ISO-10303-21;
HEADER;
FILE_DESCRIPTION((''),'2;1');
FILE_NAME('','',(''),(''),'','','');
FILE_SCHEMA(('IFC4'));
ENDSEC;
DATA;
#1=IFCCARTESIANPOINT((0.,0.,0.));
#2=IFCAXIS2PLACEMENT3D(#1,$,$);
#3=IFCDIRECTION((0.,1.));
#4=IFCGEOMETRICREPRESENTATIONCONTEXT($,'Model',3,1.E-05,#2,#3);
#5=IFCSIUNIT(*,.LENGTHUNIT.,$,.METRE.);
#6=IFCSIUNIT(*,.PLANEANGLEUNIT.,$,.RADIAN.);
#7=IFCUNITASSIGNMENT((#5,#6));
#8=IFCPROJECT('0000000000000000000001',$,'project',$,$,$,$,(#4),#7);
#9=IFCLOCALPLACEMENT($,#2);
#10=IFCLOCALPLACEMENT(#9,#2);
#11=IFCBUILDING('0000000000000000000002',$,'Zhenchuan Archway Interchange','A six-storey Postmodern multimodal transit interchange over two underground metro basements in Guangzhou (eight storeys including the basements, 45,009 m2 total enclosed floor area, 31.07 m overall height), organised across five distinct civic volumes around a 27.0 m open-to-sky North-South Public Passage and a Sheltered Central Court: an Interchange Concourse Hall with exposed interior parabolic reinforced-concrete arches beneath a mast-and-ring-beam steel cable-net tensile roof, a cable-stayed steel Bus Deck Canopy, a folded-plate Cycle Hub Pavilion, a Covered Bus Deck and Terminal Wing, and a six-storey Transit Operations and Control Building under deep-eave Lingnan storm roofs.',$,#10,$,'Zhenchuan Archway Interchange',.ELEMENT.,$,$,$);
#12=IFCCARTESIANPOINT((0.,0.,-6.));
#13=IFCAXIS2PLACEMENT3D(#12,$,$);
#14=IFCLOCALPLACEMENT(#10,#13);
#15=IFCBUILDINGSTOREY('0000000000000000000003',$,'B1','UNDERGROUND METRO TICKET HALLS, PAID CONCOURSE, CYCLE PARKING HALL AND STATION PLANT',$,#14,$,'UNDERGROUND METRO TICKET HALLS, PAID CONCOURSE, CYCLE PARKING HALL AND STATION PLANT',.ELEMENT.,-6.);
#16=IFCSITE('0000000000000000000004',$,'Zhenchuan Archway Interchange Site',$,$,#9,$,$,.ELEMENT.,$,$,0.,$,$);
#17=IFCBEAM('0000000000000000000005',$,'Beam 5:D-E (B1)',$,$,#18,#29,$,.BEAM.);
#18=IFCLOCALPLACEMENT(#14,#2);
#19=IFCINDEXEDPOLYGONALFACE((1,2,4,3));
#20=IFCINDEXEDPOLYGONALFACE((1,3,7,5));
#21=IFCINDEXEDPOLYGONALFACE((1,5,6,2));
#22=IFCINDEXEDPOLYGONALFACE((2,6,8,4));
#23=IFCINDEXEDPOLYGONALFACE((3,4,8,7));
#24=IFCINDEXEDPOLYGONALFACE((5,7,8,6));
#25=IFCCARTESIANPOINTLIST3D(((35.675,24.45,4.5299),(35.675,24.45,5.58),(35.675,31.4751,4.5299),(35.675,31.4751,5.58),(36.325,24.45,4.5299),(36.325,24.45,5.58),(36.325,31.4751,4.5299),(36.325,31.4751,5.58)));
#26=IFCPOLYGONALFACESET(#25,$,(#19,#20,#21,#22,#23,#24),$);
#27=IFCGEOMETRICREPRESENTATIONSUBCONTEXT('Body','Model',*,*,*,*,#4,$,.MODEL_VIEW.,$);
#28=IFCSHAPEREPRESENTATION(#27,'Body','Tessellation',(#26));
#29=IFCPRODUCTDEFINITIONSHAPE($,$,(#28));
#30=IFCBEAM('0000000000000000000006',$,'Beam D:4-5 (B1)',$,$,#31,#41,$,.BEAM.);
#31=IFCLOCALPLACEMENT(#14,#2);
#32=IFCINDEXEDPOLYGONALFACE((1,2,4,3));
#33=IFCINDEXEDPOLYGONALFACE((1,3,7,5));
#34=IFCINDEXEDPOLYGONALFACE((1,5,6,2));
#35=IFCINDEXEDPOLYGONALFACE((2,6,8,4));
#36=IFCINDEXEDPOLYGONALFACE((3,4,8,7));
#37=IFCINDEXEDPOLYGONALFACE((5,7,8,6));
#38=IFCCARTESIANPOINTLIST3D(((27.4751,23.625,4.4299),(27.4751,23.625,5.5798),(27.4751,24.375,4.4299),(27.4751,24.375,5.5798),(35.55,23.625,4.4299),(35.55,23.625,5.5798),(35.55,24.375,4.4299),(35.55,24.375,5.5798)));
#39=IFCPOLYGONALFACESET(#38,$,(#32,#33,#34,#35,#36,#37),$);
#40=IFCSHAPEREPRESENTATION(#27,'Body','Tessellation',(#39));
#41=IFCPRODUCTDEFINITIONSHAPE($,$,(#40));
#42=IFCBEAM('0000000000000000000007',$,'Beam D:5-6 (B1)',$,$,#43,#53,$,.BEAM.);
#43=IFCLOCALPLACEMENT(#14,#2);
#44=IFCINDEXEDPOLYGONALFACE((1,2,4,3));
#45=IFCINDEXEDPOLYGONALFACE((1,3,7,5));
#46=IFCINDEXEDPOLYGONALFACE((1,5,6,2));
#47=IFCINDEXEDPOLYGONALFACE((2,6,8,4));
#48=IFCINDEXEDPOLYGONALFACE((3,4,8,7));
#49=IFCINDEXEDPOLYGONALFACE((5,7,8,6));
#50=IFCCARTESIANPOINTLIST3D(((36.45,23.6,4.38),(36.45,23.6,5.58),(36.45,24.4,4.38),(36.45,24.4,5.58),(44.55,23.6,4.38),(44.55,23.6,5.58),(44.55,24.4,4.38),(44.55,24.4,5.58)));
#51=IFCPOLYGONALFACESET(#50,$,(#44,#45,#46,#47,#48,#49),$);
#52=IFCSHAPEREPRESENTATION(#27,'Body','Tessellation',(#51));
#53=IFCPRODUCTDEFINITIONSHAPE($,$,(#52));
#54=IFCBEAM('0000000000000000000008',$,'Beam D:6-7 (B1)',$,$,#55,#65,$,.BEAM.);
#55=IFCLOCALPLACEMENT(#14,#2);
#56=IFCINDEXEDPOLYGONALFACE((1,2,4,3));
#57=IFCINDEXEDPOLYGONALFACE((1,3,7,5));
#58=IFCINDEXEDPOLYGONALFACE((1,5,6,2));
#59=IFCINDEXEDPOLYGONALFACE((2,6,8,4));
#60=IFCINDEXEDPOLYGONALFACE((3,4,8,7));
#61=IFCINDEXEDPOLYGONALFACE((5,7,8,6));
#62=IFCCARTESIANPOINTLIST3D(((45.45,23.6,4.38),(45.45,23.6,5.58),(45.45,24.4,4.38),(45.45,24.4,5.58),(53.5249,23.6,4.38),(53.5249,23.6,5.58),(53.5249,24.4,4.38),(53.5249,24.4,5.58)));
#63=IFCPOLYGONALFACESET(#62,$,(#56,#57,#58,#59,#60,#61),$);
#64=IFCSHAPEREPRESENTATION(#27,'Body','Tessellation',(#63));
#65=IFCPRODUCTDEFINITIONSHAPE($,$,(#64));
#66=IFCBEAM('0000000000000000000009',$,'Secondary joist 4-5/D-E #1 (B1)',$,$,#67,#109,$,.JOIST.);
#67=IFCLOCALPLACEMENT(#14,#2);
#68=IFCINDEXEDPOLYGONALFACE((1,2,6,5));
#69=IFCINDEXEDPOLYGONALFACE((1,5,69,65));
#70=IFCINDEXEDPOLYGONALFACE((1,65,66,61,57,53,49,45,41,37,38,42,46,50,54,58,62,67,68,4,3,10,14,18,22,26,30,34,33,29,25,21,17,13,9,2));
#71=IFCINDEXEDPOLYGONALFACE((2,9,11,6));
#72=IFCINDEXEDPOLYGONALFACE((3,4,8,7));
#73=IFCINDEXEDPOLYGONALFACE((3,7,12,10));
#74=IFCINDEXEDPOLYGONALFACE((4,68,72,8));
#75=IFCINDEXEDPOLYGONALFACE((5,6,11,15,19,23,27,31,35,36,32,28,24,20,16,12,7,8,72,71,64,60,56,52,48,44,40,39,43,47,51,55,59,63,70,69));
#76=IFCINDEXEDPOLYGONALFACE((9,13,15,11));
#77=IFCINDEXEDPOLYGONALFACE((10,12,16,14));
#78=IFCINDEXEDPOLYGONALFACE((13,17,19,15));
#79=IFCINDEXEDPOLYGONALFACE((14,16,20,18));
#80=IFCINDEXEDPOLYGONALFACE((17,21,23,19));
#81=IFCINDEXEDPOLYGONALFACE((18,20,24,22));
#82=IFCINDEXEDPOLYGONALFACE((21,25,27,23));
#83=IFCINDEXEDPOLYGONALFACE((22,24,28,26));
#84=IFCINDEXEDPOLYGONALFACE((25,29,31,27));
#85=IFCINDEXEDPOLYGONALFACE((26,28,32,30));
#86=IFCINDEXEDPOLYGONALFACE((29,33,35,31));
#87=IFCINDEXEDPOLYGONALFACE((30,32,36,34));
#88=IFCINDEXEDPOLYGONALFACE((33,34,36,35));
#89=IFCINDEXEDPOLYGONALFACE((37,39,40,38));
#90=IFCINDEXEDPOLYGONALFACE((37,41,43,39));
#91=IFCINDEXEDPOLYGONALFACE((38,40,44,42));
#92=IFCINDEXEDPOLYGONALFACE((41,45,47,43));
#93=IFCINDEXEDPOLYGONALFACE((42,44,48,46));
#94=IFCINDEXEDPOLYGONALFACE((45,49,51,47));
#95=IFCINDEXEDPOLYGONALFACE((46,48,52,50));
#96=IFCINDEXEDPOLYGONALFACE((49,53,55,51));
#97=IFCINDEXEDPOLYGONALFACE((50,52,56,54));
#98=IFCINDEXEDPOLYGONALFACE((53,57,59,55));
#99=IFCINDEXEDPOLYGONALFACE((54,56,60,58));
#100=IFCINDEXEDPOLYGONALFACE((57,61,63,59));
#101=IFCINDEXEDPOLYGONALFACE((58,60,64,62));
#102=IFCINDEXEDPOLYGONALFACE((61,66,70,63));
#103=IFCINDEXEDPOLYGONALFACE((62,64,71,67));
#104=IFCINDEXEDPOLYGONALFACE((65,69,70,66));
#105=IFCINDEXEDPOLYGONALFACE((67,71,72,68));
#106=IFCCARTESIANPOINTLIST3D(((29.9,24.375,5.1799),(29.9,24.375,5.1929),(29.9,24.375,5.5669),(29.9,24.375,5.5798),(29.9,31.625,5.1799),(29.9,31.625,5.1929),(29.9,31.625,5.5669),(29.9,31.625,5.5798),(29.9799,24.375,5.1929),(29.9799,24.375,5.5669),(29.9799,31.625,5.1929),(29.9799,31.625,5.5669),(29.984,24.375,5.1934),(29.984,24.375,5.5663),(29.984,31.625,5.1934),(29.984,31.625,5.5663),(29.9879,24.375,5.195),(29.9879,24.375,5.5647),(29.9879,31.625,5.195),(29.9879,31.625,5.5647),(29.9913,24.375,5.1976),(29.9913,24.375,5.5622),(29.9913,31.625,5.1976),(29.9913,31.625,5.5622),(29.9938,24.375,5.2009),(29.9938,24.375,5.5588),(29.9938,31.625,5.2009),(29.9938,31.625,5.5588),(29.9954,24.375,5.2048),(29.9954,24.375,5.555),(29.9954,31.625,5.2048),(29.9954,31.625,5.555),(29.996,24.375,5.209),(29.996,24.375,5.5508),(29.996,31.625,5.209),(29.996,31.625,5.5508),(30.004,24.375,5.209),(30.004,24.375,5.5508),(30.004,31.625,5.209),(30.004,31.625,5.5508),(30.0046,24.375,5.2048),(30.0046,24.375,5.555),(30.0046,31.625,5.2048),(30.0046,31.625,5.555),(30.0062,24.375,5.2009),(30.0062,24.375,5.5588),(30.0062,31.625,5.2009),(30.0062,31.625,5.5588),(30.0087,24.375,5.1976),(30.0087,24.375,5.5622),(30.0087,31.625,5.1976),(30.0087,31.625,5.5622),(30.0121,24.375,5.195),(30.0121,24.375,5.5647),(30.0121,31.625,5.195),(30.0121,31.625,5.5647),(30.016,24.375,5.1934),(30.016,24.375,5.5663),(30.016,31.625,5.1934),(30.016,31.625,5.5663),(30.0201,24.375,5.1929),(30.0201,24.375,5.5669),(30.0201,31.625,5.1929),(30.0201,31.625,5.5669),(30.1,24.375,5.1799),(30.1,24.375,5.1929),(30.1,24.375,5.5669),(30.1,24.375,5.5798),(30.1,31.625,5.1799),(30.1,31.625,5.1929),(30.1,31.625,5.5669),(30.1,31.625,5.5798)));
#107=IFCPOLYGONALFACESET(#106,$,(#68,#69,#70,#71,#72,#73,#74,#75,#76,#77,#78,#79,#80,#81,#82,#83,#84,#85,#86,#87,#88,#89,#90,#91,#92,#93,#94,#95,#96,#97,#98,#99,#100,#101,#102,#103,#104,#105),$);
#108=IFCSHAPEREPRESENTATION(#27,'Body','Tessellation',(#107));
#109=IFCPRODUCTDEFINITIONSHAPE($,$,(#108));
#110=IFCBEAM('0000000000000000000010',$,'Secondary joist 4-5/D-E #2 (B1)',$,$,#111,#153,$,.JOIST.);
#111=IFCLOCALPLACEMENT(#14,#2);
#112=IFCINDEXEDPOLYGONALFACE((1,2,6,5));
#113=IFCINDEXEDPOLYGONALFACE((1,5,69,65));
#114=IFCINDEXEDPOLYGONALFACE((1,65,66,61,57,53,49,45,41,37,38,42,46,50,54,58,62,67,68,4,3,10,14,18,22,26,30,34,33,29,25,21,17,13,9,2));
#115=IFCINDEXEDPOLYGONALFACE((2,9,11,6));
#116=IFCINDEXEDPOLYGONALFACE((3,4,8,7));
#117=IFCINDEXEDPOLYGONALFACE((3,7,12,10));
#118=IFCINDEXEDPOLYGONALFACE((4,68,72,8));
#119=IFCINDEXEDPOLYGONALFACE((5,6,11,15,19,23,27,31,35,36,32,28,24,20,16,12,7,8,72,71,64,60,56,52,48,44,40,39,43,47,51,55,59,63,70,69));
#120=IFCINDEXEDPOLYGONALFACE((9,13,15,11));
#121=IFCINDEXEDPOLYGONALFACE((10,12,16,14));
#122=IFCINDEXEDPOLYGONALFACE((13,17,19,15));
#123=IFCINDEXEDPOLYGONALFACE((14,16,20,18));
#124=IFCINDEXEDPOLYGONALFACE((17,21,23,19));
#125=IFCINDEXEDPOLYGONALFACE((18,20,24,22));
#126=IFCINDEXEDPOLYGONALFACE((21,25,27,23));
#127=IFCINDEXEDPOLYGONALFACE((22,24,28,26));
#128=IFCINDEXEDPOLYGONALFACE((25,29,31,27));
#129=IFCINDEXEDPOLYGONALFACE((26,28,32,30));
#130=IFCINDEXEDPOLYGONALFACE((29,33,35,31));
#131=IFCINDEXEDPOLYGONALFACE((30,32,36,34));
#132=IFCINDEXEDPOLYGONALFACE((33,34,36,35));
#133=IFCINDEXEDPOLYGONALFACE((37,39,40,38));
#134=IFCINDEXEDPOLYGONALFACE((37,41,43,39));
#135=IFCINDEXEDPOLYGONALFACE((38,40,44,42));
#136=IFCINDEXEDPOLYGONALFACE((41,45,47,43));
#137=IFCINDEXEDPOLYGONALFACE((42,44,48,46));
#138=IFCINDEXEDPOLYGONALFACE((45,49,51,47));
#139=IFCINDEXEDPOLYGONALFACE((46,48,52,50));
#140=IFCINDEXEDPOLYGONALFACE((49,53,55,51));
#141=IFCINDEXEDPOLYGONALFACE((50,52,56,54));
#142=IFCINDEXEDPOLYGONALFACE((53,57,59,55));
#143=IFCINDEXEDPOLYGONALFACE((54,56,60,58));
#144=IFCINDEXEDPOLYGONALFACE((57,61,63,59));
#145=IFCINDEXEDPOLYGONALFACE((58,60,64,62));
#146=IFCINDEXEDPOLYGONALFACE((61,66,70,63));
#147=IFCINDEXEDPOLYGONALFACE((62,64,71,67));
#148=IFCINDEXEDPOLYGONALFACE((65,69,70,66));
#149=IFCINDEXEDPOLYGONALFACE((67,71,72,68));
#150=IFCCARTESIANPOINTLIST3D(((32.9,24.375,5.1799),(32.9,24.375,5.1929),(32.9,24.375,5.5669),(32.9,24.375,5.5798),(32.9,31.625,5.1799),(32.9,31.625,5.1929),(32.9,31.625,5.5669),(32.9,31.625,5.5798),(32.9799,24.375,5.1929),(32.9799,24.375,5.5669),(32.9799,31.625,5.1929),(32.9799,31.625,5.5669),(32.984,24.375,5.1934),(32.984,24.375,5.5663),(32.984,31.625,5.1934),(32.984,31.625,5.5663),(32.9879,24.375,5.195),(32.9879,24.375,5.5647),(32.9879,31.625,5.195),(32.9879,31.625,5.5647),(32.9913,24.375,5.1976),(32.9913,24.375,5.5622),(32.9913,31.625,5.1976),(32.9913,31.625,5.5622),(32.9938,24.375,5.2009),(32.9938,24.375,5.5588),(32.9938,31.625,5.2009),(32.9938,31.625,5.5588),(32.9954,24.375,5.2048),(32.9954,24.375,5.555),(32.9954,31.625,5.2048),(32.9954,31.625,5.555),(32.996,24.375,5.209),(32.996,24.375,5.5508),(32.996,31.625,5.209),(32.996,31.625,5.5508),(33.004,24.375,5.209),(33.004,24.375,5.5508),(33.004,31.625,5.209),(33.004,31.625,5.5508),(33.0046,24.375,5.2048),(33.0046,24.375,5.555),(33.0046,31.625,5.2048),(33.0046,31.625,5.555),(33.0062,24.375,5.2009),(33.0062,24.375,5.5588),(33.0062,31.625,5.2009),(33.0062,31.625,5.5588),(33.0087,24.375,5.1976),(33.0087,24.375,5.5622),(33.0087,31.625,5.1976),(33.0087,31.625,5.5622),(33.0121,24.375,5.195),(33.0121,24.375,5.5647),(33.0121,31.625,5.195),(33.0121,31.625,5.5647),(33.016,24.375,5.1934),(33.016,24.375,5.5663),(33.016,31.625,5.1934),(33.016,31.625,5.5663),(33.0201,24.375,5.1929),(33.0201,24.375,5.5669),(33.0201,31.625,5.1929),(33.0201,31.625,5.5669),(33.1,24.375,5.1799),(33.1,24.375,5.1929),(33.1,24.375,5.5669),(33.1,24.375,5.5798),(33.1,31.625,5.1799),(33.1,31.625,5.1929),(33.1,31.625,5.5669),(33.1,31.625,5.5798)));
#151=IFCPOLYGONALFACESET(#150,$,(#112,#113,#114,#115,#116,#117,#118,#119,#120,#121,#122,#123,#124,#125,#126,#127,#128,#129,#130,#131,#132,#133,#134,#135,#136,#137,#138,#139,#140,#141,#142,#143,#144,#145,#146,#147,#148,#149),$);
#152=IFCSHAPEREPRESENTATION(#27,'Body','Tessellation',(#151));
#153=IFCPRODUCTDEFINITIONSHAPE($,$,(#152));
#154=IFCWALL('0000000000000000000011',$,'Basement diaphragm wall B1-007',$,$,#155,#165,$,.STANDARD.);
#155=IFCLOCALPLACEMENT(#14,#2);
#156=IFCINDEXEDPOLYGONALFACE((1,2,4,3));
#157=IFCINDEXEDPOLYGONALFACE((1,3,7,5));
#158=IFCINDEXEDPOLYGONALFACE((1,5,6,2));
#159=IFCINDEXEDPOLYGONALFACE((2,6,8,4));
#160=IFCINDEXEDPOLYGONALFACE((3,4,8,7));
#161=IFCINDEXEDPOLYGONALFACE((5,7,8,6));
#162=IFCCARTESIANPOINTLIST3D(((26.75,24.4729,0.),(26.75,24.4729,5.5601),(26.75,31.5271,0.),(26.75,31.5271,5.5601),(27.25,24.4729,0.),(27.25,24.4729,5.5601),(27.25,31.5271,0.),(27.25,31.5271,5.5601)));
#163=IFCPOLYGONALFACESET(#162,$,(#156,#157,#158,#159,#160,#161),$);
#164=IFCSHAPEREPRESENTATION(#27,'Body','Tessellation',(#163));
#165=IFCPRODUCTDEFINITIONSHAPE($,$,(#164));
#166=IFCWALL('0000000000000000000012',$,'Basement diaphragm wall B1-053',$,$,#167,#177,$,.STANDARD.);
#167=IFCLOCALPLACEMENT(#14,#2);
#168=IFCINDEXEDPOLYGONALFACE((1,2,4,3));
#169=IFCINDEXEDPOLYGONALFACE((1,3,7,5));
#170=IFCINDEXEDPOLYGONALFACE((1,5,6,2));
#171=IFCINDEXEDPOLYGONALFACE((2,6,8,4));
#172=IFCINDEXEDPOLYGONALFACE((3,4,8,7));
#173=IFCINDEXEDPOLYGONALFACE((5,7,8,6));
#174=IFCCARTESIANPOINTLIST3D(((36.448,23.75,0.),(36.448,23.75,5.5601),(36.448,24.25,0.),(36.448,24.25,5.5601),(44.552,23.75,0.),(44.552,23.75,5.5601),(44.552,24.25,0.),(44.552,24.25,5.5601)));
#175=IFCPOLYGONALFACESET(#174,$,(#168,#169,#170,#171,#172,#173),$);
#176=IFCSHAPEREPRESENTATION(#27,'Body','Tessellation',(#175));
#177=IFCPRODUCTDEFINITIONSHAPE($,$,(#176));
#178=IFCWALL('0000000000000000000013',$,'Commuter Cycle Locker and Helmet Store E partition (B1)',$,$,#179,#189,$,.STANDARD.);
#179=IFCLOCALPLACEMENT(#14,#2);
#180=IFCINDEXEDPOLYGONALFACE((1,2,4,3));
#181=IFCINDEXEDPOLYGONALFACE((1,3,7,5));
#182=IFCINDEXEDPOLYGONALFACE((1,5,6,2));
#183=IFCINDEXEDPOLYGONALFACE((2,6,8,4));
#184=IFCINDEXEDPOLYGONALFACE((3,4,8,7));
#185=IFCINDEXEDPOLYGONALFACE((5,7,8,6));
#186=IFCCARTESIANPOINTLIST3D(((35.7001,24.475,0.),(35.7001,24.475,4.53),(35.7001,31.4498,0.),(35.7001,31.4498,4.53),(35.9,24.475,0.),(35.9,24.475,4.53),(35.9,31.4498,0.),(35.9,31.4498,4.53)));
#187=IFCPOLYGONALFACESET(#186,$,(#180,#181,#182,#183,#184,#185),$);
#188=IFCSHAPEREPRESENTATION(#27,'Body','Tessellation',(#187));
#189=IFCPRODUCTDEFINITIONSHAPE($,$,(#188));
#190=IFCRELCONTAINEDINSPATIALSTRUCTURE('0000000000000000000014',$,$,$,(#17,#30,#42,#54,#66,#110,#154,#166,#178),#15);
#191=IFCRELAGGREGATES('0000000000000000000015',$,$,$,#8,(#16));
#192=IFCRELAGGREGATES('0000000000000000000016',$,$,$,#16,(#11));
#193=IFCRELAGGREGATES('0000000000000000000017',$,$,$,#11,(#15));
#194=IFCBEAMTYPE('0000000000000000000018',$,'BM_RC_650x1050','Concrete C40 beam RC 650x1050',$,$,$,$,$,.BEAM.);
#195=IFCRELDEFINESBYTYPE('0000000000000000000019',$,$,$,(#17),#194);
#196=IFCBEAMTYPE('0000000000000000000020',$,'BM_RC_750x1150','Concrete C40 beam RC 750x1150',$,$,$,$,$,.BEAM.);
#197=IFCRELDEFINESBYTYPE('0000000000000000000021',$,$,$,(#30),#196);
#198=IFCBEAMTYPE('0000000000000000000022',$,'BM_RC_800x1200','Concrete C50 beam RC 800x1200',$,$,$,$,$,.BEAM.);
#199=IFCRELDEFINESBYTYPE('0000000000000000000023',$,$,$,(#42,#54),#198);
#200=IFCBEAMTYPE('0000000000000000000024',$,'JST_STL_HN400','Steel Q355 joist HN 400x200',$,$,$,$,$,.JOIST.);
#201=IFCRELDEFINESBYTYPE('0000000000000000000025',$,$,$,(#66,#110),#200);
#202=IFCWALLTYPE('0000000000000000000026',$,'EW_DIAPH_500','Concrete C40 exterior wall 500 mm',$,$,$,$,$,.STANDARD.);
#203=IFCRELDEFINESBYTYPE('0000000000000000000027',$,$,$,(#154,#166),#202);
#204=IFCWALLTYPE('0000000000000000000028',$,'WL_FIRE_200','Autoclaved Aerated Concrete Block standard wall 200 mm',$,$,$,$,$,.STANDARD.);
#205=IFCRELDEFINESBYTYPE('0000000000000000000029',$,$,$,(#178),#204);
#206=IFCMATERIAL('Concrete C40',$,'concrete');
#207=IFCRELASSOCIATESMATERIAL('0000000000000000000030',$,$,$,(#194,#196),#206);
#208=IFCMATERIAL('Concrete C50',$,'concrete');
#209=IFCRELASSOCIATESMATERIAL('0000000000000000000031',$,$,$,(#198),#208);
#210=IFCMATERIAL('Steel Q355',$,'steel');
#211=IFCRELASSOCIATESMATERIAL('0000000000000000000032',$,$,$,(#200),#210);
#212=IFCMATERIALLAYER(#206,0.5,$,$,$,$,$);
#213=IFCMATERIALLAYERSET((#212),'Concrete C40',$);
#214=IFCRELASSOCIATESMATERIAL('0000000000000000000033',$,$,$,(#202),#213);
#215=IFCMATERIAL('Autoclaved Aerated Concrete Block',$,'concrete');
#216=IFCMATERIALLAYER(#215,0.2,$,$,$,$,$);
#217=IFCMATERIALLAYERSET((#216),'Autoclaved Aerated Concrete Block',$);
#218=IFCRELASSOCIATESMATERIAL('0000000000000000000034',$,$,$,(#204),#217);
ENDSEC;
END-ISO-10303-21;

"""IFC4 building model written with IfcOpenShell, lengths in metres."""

from ifc_helpers import new_model, si_unit, direction, frame, frame_2d, origin, origin_2d, place, context, subcontext, project, spatial, rectangle, i_section, extrude, material, layer, layer_set, material_profile, profile_set, type_object, element, save


model = new_model("IFC4")

# Units and contexts
model_context = context("Model", 3, precision=1e-05, world=origin(), true_north=direction((0.0, 1.0)))
body_context = subcontext(model_context, "Body", "Model", "MODEL_VIEW")
ifc_project = project(units=[si_unit("LENGTHUNIT", "METRE"), si_unit("PLANEANGLEUNIT", "RADIAN")], contexts=[model_context])

# Site, building, storey
site_placement = place(None, origin())
site = spatial("IfcSite", under=ifc_project, at=site_placement, Name="Zhenchuan Archway Interchange Site", CompositionType="ELEMENT", RefElevation=0.0)
building_placement = place(site_placement, origin())
building = spatial("IfcBuilding", under=site, at=building_placement, Name="Zhenchuan Archway Interchange", Description="A six-storey Postmodern multimodal transit interchange over two underground metro basements in Guangzhou (eight storeys including the basements, 45,009 m2 total enclosed floor area, 31.07 m overall height), organised across five distinct civic volumes around a 27.0 m open-to-sky North-South Public Passage and a Sheltered Central Court: an Interchange Concourse Hall with exposed interior parabolic reinforced-concrete arches beneath a mast-and-ring-beam steel cable-net tensile roof, a cable-stayed steel Bus Deck Canopy, a folded-plate Cycle Hub Pavilion, a Covered Bus Deck and Terminal Wing, and a six-storey Transit Operations and Control Building under deep-eave Lingnan storm roofs.", LongName="Zhenchuan Archway Interchange", CompositionType="ELEMENT")
storey_placement = place(building_placement, frame((0.0, 0.0, -6.0)))
storey = spatial("IfcBuildingStorey", under=building, at=storey_placement, Name="B1", Description="UNDERGROUND METRO TICKET HALLS, PAID CONCOURSE, CYCLE PARKING HALL AND STATION PLANT", LongName="UNDERGROUND METRO TICKET HALLS, PAID CONCOURSE, CYCLE PARKING HALL AND STATION PLANT", CompositionType="ELEMENT", Elevation=-6.0)

# Shared definitions
ifc_material_1 = material(Name="Concrete C40", Category="concrete")

# Shared definitions
ifc_material_2 = material(Name="Concrete C50", Category="concrete")

# Beams
ifc_material_profile_1 = material_profile(ifc_material_1, rectangle(XDim=0.6499, YDim=1.05, at=origin_2d()), Name="RC 650x1050")
ifc_profile_set_1 = profile_set([ifc_material_profile_1], Name="Concrete C40")
beam_type_1 = type_object("IfcBeamType", Name="BM_RC_650x1050", Description="Concrete C40 beam RC 650x1050", PredefinedType="BEAM", material=ifc_profile_set_1)
beam_1_placement = place(storey_placement, frame((36.0, 24.45, 5.0549), z_axis=(0.0, 1.0, 0.0), x_axis=(-1.0, 0.0, 0.0)))
element("IfcBeam", 1, at=beam_1_placement, inside=storey, type_object=beam_type_1, Name="Beam 5:D-E (B1)", PredefinedType="BEAM", context=body_context, shape_type="SweptSolid", body=[
    extrude(rectangle(XDim=0.6499, YDim=1.05, at=origin_2d()), origin(), (0.0, 0.0, 1.0), 7.0251),
])
ifc_material_profile_2 = material_profile(ifc_material_1, rectangle(XDim=0.75, YDim=1.1499, at=origin_2d()), Name="RC 750x1150")
ifc_profile_set_2 = profile_set([ifc_material_profile_2], Name="Concrete C40")
beam_type_2 = type_object("IfcBeamType", Name="BM_RC_750x1150", Description="Concrete C40 beam RC 750x1150", PredefinedType="BEAM", material=ifc_profile_set_2)
beam_2_placement = place(storey_placement, frame((27.4751, 24.0, 5.0049), z_axis=(1.0, 0.0, 0.0), x_axis=(0.0, 1.0, 0.0)))
element("IfcBeam", 2, at=beam_2_placement, inside=storey, type_object=beam_type_2, Name="Beam D:4-5 (B1)", PredefinedType="BEAM", context=body_context, shape_type="SweptSolid", body=[
    extrude(rectangle(XDim=0.75, YDim=1.1499, at=origin_2d()), origin(), (0.0, 0.0, 1.0), 8.075),
])
ifc_material_profile_3 = material_profile(ifc_material_2, rectangle(XDim=0.8, YDim=1.2, at=origin_2d()), Name="RC 800x1200")
ifc_profile_set_3 = profile_set([ifc_material_profile_3], Name="Concrete C50")
beam_type_3 = type_object("IfcBeamType", Name="BM_RC_800x1200", Description="Concrete C50 beam RC 800x1200", PredefinedType="BEAM", material=ifc_profile_set_3)
beam_3_placement = place(storey_placement, frame((36.45, 24.0, 4.98), z_axis=(1.0, 0.0, 0.0), x_axis=(0.0, 1.0, 0.0)))
element("IfcBeam", 3, at=beam_3_placement, inside=storey, type_object=beam_type_3, Name="Beam D:5-6 (B1)", PredefinedType="BEAM", context=body_context, shape_type="SweptSolid", body=[
    extrude(rectangle(XDim=0.8, YDim=1.2, at=origin_2d()), origin(), (0.0, 0.0, 1.0), 8.1001),
])
beam_4_placement = place(storey_placement, frame((45.45, 24.0, 4.98), z_axis=(1.0, 0.0, 0.0), x_axis=(0.0, 1.0, 0.0)))
element("IfcBeam", 4, at=beam_4_placement, inside=storey, type_object=beam_type_3, Name="Beam D:6-7 (B1)", PredefinedType="BEAM", context=body_context, shape_type="SweptSolid", body=[
    extrude(rectangle(XDim=0.8, YDim=1.2, at=origin_2d()), origin(), (0.0, 0.0, 1.0), 8.075),
])
ifc_material_3 = material(Name="Steel Q355", Category="steel")
ifc_material_profile_4 = material_profile(ifc_material_3, i_section(OverallWidth=0.2, OverallDepth=0.3999, WebThickness=0.0081, FlangeThickness=0.0129, FilletRadius=0.0161, at=origin_2d()), Name="HN 400x200")
ifc_profile_set_4 = profile_set([ifc_material_profile_4], Name="Steel Q355")
beam_type_4 = type_object("IfcBeamType", Name="JST_STL_HN400", Description="Steel Q355 joist HN 400x200", PredefinedType="JOIST", material=ifc_profile_set_4)
for number, where, z_axis, x_axis, name in (
    (5, (30.0, 24.375, 5.3799), (0.0, 1.0, 0.0), (-1.0, 0.0, 0.0), "Secondary joist 4-5/D-E #1 (B1)"),
    (6, (33.0, 24.375, 5.3799), (0.0, 1.0, 0.0), (-1.0, 0.0, 0.0), "Secondary joist 4-5/D-E #2 (B1)"),
):
    element("IfcBeam", number, at=place(storey_placement, frame(where, z_axis=z_axis, x_axis=x_axis)), inside=storey, type_object=beam_type_4, Name=name, PredefinedType="JOIST", context=body_context, shape_type="SweptSolid", body=[
        extrude(i_section(OverallWidth=0.2, OverallDepth=0.3999, WebThickness=0.0081, FlangeThickness=0.0129, FilletRadius=0.0161, at=origin_2d()), origin(), (0.0, 0.0, 1.0), 7.25),
    ])

# Walls
ifc_layer_1 = layer(ifc_material_1, 0.5)
ifc_layer_set_1 = layer_set([ifc_layer_1], Name="Concrete C40")
wall_type_1 = type_object("IfcWallType", Name="EW_DIAPH_500", Description="Concrete C40 exterior wall 500 mm", PredefinedType="STANDARD", material=ifc_layer_set_1)
wall_1_placement = place(storey_placement, frame((27.0, 24.4729, 0.0), z_axis=(0.0, 0.0, 1.0), x_axis=(0.0, 1.0, 0.0)))
element("IfcWall", 7, at=wall_1_placement, inside=storey, type_object=wall_type_1, Name="Basement diaphragm wall B1-007", PredefinedType="STANDARD", context=body_context, shape_type="SweptSolid", body=[
    extrude(rectangle(XDim=7.0542, YDim=0.5, at=frame_2d((3.5271, 0.0))), origin(), (0.0, 0.0, 1.0), 5.5601),
])
wall_2_placement = place(storey_placement, frame((44.552, 24.0, 0.0), z_axis=(0.0, 0.0, 1.0), x_axis=(-1.0, 0.0, 0.0)))
element("IfcWall", 8, at=wall_2_placement, inside=storey, type_object=wall_type_1, Name="Basement diaphragm wall B1-053", PredefinedType="STANDARD", context=body_context, shape_type="SweptSolid", body=[
    extrude(rectangle(XDim=8.104, YDim=0.5, at=frame_2d((4.052, 0.0))), origin(), (0.0, 0.0, 1.0), 5.5601),
])
ifc_material_4 = material(Name="Autoclaved Aerated Concrete Block", Category="concrete")
ifc_layer_2 = layer(ifc_material_4, 0.2)
ifc_layer_set_2 = layer_set([ifc_layer_2], Name="Autoclaved Aerated Concrete Block")
wall_type_2 = type_object("IfcWallType", Name="WL_FIRE_200", Description="Autoclaved Aerated Concrete Block standard wall 200 mm", PredefinedType="STANDARD", material=ifc_layer_set_2)
wall_3_placement = place(storey_placement, frame((35.8, 24.4751, 0.0), z_axis=(0.0, 0.0, 1.0), x_axis=(0.0, 1.0, 0.0)))
element("IfcWall", 9, at=wall_3_placement, inside=storey, type_object=wall_type_2, Name="Commuter Cycle Locker and Helmet Store E partition (B1)", PredefinedType="STANDARD", context=body_context, shape_type="SweptSolid", body=[
    extrude(rectangle(XDim=6.9749, YDim=0.2, at=frame_2d((3.4873, 0.0))), origin(), (0.0, 0.0, 1.0), 4.53),
])

save(model, "model.ifc")
